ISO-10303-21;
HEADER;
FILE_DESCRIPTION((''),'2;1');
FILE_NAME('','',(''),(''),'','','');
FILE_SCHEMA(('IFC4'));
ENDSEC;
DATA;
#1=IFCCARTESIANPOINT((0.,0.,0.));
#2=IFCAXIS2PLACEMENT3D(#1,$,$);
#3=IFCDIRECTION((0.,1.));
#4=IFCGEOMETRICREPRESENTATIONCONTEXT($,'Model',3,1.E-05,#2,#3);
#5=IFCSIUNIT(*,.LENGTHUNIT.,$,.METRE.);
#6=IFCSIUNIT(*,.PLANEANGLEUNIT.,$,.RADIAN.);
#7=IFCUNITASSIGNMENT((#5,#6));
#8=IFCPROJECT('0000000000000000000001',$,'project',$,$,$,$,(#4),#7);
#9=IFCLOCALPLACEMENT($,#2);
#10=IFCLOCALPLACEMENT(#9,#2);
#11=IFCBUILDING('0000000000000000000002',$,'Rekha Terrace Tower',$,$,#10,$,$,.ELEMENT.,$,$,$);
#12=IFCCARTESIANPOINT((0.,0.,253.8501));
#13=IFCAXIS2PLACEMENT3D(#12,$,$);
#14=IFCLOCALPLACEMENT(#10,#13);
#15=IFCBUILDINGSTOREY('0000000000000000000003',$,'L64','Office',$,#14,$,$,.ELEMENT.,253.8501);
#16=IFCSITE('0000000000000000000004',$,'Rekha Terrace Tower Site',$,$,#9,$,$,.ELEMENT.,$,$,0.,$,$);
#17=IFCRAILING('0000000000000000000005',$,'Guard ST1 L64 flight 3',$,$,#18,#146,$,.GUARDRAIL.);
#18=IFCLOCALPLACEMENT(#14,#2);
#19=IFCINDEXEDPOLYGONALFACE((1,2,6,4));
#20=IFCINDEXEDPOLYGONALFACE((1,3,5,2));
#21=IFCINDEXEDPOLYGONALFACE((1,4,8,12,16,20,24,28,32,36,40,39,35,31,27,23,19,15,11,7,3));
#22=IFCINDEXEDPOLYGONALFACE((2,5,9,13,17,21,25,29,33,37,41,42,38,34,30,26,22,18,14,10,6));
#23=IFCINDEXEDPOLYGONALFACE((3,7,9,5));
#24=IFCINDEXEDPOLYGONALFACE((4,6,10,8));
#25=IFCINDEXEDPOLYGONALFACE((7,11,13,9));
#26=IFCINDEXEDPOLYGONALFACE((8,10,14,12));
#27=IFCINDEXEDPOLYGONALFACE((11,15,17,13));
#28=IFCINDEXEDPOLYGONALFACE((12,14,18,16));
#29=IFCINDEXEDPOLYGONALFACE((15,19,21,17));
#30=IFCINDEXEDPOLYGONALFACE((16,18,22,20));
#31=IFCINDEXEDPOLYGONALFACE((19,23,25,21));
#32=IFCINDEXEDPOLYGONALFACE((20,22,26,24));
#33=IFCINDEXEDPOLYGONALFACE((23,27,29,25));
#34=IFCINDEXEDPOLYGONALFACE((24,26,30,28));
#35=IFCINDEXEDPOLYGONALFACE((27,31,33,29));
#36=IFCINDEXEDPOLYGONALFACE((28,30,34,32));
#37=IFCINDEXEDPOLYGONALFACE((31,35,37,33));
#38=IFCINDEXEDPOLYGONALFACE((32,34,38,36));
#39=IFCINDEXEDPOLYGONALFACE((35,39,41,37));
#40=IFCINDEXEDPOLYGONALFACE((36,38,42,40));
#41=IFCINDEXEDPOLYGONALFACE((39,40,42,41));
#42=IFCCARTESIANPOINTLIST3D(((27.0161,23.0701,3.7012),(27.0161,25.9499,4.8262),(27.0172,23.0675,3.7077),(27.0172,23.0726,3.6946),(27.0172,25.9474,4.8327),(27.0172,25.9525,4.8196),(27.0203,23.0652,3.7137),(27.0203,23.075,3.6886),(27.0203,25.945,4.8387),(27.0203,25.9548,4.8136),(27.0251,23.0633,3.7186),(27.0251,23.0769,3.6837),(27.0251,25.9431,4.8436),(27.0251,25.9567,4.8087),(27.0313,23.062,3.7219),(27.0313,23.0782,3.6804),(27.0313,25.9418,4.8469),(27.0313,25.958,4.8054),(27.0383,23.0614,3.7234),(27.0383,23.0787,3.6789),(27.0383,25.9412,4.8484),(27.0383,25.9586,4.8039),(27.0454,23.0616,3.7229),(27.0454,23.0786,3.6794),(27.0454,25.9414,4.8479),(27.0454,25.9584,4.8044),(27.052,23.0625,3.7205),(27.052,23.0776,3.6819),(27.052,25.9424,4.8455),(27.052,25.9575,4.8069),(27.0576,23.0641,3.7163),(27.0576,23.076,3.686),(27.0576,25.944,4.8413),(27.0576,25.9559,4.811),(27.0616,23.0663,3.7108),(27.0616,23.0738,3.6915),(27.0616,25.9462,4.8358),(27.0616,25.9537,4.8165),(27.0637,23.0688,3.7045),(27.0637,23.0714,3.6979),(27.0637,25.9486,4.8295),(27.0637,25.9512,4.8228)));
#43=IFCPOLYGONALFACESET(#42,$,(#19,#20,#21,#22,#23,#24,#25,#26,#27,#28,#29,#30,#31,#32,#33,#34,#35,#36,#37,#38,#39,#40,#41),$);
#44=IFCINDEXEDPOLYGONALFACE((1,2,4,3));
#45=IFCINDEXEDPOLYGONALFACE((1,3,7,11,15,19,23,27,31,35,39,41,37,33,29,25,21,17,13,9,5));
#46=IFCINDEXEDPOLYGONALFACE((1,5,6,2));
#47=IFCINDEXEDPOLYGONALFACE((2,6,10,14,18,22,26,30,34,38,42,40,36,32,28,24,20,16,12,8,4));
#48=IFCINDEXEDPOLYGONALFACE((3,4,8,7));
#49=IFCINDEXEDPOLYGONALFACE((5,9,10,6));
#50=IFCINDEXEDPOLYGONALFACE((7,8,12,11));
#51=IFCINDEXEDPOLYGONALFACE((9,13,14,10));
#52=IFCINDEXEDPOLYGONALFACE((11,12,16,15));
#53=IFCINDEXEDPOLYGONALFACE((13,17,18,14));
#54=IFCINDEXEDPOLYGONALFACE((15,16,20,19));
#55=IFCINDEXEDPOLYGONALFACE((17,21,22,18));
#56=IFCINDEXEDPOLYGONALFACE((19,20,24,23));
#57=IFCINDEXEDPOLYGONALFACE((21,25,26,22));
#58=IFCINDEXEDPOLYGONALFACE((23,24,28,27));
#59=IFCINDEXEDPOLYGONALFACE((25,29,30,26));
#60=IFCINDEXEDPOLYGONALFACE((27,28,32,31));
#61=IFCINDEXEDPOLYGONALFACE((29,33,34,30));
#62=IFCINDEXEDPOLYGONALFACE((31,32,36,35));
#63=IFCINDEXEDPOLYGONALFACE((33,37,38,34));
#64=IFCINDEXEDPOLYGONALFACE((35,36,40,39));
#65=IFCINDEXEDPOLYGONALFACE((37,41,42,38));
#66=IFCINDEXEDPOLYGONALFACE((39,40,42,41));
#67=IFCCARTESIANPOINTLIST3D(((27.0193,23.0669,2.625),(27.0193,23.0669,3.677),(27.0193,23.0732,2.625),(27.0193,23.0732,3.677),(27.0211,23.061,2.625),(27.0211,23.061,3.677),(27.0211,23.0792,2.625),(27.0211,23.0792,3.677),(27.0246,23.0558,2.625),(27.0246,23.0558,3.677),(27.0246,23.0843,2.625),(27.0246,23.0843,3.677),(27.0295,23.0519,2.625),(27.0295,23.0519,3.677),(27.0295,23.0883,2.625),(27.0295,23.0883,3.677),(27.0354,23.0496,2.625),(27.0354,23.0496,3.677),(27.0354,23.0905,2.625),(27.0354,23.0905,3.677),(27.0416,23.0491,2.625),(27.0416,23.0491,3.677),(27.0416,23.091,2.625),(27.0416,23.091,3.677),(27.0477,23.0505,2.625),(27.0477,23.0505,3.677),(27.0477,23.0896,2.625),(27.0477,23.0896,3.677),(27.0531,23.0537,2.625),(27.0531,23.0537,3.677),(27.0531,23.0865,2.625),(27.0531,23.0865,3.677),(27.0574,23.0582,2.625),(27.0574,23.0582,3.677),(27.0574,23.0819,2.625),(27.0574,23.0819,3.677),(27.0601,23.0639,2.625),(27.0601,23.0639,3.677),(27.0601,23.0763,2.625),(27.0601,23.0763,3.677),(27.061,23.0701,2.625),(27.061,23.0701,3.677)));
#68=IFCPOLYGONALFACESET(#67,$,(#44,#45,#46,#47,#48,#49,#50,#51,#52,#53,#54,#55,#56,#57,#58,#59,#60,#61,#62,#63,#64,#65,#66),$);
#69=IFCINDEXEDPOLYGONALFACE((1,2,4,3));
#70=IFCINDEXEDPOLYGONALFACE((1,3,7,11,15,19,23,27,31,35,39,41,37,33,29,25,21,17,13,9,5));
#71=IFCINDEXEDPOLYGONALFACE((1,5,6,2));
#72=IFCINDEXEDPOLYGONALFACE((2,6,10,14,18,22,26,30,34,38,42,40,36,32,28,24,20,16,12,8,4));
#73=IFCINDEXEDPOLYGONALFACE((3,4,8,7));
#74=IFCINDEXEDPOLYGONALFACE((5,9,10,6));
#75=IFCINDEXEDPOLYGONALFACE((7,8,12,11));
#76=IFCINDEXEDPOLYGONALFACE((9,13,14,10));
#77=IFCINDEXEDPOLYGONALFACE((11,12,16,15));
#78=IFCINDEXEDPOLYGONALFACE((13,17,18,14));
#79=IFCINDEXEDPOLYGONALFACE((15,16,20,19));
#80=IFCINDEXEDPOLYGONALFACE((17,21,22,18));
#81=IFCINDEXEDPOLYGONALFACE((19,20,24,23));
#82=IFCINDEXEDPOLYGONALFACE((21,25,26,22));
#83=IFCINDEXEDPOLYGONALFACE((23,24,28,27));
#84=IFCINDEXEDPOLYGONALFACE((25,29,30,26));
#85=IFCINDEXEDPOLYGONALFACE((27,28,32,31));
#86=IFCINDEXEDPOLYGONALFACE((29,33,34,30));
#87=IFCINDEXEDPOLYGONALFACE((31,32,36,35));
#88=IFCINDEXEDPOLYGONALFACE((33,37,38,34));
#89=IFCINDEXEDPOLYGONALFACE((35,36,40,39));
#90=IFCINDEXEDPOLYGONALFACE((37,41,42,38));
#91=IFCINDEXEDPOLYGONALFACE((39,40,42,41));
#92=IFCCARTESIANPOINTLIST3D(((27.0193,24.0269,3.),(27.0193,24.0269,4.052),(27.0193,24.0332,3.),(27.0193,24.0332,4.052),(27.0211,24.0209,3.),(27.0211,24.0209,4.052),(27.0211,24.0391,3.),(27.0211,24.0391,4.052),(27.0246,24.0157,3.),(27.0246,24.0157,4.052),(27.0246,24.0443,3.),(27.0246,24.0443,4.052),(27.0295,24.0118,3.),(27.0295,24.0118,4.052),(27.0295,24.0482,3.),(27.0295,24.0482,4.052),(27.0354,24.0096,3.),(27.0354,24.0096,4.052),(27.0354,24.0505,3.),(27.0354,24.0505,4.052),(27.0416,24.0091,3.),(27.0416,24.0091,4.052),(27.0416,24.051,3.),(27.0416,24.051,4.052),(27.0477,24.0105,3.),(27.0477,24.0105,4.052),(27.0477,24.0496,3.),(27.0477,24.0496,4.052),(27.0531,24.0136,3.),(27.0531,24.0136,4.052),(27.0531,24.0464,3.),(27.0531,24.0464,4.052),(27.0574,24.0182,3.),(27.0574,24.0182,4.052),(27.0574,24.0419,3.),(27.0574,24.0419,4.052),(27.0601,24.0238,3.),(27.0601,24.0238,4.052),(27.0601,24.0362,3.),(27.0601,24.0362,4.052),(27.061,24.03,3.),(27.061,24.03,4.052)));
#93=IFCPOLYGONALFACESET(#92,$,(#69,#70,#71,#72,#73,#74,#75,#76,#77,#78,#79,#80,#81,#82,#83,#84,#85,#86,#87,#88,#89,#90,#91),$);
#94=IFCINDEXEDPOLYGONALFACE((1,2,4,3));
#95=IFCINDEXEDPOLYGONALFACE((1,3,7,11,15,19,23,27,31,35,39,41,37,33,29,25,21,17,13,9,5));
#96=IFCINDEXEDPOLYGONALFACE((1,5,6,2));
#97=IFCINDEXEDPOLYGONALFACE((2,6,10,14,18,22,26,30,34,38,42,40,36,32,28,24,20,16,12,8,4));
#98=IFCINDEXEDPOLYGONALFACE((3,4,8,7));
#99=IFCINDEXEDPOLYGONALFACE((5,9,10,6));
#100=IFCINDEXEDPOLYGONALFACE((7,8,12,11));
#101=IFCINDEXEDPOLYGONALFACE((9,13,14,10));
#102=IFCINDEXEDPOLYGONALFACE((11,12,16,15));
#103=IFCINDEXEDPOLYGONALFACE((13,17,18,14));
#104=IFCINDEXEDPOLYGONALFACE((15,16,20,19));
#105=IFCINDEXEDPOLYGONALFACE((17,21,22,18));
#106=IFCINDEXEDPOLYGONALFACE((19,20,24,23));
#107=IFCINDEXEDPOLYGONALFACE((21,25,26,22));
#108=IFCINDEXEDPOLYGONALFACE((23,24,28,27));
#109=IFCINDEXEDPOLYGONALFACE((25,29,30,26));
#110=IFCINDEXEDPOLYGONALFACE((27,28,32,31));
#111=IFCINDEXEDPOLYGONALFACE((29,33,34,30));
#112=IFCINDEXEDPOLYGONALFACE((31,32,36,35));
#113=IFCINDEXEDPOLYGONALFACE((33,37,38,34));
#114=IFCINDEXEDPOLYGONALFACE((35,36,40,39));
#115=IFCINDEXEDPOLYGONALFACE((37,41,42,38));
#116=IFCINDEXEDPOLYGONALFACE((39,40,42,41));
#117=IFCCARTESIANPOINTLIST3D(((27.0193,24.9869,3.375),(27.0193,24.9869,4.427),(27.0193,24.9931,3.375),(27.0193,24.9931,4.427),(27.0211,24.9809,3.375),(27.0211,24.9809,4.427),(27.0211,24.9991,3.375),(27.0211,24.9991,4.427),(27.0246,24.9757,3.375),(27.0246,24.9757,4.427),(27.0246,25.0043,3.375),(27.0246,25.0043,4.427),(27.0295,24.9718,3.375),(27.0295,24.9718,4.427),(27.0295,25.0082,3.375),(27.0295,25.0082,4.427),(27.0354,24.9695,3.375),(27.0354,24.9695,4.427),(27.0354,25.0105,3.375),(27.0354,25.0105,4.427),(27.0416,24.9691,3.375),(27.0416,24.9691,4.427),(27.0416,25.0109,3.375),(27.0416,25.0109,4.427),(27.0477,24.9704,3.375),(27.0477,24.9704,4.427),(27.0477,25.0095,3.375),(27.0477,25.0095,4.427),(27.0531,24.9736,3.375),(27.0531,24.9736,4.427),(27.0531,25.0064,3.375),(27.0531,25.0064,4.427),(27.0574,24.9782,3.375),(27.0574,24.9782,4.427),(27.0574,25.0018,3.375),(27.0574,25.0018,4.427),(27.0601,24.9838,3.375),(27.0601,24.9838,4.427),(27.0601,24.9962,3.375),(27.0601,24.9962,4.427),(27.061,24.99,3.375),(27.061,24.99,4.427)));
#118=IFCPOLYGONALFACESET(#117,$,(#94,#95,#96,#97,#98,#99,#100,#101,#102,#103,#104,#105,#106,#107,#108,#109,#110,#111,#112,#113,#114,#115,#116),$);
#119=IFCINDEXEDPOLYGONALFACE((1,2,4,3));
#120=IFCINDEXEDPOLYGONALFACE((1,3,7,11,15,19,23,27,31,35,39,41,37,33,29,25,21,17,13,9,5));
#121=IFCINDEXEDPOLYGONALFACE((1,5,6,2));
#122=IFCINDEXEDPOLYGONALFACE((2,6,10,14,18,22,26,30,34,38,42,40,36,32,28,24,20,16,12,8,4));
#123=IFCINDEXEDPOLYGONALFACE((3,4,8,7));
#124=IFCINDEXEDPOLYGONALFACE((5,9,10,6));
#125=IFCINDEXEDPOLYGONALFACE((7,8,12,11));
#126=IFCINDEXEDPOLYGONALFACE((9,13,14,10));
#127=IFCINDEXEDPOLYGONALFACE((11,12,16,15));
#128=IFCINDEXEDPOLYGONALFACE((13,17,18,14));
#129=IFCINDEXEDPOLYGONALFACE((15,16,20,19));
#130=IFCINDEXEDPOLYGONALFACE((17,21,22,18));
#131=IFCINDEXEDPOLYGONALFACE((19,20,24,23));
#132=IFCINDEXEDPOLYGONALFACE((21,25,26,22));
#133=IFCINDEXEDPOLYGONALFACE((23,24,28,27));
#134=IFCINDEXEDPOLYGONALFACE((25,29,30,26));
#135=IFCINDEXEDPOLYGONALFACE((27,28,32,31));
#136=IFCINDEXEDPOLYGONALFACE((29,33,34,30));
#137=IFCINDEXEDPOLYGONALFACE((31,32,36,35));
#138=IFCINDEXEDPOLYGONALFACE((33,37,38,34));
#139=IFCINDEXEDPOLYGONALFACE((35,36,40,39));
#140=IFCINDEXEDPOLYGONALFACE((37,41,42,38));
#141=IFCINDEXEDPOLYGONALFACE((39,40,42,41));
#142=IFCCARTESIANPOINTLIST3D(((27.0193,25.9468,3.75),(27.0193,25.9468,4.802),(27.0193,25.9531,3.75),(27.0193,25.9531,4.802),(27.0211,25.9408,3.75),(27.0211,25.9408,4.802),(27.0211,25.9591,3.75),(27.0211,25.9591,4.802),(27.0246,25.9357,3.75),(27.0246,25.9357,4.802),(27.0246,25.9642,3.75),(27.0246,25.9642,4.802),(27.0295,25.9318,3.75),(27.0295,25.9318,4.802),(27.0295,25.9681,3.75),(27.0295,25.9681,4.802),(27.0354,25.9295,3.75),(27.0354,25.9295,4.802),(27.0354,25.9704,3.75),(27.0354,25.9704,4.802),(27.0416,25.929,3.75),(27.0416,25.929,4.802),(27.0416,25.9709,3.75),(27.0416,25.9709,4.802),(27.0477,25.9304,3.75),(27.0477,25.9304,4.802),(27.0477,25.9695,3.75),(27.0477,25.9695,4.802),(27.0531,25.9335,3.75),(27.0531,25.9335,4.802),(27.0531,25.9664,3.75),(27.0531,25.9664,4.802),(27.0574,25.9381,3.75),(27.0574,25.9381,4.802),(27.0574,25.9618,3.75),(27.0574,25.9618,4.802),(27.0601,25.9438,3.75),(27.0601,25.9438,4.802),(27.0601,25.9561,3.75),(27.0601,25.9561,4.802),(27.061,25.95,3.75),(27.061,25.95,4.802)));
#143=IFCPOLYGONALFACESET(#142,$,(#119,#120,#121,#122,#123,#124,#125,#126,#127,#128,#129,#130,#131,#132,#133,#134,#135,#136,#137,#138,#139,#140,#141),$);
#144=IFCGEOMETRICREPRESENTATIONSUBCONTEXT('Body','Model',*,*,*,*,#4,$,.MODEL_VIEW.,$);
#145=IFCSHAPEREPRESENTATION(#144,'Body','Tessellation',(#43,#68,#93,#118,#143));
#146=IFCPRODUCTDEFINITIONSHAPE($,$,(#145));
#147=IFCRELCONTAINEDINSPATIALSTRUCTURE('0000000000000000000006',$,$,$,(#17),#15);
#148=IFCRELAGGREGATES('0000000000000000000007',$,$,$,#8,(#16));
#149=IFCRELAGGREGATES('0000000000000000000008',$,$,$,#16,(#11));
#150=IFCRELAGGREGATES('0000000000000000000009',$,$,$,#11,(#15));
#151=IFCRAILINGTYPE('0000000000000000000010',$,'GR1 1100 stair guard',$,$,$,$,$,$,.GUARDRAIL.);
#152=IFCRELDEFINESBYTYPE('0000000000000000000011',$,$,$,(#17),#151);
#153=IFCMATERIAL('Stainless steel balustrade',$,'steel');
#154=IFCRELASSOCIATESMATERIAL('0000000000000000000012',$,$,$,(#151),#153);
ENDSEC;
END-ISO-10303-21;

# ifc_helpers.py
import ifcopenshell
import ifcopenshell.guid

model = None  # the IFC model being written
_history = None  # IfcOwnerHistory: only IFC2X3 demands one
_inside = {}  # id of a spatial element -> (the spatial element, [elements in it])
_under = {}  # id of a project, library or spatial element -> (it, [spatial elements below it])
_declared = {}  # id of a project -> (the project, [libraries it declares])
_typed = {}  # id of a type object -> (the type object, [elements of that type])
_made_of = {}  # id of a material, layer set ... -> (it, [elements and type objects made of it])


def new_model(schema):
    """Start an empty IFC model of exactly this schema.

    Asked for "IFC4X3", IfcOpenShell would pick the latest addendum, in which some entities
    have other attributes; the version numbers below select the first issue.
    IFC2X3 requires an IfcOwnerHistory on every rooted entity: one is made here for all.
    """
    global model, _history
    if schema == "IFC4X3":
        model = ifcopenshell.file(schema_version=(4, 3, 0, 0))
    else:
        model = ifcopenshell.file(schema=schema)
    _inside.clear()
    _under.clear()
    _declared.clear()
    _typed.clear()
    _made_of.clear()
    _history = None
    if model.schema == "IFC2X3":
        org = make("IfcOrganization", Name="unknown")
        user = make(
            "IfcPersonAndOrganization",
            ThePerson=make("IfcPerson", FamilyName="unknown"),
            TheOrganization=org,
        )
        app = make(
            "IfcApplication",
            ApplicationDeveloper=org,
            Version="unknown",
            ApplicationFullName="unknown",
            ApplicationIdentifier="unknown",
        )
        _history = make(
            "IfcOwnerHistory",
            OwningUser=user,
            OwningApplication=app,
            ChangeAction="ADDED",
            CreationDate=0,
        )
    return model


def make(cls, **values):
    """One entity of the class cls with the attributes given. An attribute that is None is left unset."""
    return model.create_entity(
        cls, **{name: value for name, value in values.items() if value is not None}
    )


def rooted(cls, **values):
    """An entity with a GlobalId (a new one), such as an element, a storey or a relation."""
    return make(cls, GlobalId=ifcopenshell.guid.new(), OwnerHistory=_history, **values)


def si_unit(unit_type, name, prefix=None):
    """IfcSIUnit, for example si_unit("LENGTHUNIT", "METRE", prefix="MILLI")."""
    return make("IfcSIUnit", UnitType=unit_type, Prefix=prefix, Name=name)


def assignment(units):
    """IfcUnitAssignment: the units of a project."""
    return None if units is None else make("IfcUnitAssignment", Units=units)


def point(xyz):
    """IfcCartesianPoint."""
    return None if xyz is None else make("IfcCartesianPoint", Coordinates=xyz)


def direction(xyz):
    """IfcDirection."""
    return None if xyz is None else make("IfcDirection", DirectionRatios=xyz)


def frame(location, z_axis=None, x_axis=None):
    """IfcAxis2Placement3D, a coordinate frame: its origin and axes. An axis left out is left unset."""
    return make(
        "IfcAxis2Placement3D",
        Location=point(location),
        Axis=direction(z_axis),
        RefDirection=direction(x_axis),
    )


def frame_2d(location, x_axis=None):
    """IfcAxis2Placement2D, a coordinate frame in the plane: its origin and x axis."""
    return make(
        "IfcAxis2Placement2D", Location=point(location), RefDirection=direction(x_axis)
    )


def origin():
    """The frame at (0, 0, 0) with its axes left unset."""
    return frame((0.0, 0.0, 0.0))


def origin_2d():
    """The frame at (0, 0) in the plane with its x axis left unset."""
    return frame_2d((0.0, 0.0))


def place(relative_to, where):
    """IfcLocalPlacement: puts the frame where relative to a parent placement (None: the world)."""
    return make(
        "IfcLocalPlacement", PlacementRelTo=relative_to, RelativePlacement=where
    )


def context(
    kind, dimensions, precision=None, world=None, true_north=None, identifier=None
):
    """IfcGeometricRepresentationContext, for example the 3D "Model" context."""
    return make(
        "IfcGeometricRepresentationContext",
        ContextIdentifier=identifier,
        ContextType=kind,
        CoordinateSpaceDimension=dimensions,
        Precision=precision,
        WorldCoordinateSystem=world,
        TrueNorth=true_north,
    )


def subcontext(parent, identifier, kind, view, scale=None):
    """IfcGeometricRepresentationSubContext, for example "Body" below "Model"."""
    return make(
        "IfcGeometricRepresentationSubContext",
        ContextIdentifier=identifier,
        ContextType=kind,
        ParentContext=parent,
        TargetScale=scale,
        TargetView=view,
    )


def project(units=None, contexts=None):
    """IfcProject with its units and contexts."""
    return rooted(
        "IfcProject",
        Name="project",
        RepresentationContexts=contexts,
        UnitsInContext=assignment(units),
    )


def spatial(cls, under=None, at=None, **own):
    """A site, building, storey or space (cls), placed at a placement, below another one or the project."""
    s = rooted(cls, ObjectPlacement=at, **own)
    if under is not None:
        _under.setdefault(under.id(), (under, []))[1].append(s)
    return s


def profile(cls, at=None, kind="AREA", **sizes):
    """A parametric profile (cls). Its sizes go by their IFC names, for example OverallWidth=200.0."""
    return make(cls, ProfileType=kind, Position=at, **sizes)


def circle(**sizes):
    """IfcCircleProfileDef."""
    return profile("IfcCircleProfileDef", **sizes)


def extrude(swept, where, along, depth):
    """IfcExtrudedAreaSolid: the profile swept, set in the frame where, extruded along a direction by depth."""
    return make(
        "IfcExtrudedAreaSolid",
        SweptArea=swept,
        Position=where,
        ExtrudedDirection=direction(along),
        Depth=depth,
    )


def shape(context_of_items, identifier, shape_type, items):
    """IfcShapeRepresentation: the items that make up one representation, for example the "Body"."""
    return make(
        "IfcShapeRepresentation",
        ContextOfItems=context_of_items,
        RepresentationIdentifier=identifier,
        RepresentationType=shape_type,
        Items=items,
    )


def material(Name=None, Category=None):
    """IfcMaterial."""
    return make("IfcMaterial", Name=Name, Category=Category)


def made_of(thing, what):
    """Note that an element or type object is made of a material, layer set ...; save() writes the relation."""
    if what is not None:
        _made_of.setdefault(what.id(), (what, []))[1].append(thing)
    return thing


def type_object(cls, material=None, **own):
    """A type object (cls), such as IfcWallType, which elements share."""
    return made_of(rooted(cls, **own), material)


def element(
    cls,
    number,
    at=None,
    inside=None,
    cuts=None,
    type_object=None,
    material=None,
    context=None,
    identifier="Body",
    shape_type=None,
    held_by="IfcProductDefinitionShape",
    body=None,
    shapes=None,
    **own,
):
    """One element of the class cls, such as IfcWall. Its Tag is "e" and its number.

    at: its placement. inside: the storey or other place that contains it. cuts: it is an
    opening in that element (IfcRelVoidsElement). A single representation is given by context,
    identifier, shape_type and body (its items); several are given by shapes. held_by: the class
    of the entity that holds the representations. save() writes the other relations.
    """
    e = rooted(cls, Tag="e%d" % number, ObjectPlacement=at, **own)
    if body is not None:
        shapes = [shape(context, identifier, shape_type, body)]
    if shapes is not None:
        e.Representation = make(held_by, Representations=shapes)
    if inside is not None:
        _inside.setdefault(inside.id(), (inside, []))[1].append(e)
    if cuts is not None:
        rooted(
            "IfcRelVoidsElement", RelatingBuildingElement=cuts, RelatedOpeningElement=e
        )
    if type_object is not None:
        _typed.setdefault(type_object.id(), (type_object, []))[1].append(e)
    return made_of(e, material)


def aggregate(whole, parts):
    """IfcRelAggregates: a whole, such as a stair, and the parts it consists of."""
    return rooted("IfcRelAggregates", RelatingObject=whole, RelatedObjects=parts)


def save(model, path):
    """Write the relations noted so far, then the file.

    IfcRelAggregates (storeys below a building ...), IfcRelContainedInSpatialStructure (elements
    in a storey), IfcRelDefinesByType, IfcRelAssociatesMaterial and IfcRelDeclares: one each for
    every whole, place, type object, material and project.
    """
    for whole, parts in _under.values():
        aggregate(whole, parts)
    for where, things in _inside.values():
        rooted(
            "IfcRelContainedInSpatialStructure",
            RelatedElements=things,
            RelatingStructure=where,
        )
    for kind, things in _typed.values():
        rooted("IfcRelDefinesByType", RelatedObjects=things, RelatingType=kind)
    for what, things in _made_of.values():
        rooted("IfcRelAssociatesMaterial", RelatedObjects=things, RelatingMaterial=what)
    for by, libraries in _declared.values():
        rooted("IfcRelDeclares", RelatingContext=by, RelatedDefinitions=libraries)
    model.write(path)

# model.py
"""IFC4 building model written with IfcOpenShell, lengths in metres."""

from ifc_helpers import new_model, si_unit, direction, frame, origin, origin_2d, place, context, subcontext, project, spatial, circle, extrude, material, type_object, element, save


model = new_model("IFC4")

# Units and contexts
model_context = context("Model", 3, precision=1e-05, world=origin(), true_north=direction((0.0, 1.0)))
body_context = subcontext(model_context, "Body", "Model", "MODEL_VIEW")
ifc_project = project(units=[si_unit("LENGTHUNIT", "METRE"), si_unit("PLANEANGLEUNIT", "RADIAN")], contexts=[model_context])

# Site, building, storey
site_placement = place(None, origin())
site = spatial("IfcSite", under=ifc_project, at=site_placement, Name="Rekha Terrace Tower Site", CompositionType="ELEMENT", RefElevation=0.0)
building_placement = place(site_placement, origin())
building = spatial("IfcBuilding", under=site, at=building_placement, Name="Rekha Terrace Tower", CompositionType="ELEMENT")
storey_placement = place(building_placement, frame((0.0, 0.0, 253.8501)))
storey = spatial("IfcBuildingStorey", under=building, at=storey_placement, Name="L64", Description="Office", CompositionType="ELEMENT", Elevation=253.8501)

# Railing
ifc_material_1 = material(Name="Stainless steel balustrade", Category="steel")
railing_type_1 = type_object("IfcRailingType", Name="GR1 1100 stair guard", PredefinedType="GUARDRAIL", material=ifc_material_1)
railing_1_placement = place(storey_placement, frame((27.04, 23.0701, 2.625)))
element("IfcRailing", 1, at=railing_1_placement, inside=storey, type_object=railing_type_1, Name="Guard ST1 L64 flight 3", PredefinedType="GUARDRAIL", context=body_context, shape_type="SweptSolid", body=[
    extrude(circle(Radius=0.0239, at=origin_2d()), frame((0.0, 0.0, 1.0762), z_axis=(0.0, 0.931452, 0.363863), x_axis=(-1.0, 0.0, 0.0)), (0.0, 0.0, 1.0), 3.0918),
    extrude(circle(Radius=0.021, at=origin_2d()), origin(), (0.0, 0.0, 1.0), 1.052),
    extrude(circle(Radius=0.021, at=origin_2d()), frame((0.0, 0.96, 0.375)), (0.0, 0.0, 1.0), 1.052),
    extrude(circle(Radius=0.021, at=origin_2d()), frame((0.0, 1.9199, 0.75)), (0.0, 0.0, 1.0), 1.052),
    extrude(circle(Radius=0.021, at=origin_2d()), frame((0.0, 2.8799, 1.125)), (0.0, 0.0, 1.0), 1.052),
])

save(model, "model.ifc")
